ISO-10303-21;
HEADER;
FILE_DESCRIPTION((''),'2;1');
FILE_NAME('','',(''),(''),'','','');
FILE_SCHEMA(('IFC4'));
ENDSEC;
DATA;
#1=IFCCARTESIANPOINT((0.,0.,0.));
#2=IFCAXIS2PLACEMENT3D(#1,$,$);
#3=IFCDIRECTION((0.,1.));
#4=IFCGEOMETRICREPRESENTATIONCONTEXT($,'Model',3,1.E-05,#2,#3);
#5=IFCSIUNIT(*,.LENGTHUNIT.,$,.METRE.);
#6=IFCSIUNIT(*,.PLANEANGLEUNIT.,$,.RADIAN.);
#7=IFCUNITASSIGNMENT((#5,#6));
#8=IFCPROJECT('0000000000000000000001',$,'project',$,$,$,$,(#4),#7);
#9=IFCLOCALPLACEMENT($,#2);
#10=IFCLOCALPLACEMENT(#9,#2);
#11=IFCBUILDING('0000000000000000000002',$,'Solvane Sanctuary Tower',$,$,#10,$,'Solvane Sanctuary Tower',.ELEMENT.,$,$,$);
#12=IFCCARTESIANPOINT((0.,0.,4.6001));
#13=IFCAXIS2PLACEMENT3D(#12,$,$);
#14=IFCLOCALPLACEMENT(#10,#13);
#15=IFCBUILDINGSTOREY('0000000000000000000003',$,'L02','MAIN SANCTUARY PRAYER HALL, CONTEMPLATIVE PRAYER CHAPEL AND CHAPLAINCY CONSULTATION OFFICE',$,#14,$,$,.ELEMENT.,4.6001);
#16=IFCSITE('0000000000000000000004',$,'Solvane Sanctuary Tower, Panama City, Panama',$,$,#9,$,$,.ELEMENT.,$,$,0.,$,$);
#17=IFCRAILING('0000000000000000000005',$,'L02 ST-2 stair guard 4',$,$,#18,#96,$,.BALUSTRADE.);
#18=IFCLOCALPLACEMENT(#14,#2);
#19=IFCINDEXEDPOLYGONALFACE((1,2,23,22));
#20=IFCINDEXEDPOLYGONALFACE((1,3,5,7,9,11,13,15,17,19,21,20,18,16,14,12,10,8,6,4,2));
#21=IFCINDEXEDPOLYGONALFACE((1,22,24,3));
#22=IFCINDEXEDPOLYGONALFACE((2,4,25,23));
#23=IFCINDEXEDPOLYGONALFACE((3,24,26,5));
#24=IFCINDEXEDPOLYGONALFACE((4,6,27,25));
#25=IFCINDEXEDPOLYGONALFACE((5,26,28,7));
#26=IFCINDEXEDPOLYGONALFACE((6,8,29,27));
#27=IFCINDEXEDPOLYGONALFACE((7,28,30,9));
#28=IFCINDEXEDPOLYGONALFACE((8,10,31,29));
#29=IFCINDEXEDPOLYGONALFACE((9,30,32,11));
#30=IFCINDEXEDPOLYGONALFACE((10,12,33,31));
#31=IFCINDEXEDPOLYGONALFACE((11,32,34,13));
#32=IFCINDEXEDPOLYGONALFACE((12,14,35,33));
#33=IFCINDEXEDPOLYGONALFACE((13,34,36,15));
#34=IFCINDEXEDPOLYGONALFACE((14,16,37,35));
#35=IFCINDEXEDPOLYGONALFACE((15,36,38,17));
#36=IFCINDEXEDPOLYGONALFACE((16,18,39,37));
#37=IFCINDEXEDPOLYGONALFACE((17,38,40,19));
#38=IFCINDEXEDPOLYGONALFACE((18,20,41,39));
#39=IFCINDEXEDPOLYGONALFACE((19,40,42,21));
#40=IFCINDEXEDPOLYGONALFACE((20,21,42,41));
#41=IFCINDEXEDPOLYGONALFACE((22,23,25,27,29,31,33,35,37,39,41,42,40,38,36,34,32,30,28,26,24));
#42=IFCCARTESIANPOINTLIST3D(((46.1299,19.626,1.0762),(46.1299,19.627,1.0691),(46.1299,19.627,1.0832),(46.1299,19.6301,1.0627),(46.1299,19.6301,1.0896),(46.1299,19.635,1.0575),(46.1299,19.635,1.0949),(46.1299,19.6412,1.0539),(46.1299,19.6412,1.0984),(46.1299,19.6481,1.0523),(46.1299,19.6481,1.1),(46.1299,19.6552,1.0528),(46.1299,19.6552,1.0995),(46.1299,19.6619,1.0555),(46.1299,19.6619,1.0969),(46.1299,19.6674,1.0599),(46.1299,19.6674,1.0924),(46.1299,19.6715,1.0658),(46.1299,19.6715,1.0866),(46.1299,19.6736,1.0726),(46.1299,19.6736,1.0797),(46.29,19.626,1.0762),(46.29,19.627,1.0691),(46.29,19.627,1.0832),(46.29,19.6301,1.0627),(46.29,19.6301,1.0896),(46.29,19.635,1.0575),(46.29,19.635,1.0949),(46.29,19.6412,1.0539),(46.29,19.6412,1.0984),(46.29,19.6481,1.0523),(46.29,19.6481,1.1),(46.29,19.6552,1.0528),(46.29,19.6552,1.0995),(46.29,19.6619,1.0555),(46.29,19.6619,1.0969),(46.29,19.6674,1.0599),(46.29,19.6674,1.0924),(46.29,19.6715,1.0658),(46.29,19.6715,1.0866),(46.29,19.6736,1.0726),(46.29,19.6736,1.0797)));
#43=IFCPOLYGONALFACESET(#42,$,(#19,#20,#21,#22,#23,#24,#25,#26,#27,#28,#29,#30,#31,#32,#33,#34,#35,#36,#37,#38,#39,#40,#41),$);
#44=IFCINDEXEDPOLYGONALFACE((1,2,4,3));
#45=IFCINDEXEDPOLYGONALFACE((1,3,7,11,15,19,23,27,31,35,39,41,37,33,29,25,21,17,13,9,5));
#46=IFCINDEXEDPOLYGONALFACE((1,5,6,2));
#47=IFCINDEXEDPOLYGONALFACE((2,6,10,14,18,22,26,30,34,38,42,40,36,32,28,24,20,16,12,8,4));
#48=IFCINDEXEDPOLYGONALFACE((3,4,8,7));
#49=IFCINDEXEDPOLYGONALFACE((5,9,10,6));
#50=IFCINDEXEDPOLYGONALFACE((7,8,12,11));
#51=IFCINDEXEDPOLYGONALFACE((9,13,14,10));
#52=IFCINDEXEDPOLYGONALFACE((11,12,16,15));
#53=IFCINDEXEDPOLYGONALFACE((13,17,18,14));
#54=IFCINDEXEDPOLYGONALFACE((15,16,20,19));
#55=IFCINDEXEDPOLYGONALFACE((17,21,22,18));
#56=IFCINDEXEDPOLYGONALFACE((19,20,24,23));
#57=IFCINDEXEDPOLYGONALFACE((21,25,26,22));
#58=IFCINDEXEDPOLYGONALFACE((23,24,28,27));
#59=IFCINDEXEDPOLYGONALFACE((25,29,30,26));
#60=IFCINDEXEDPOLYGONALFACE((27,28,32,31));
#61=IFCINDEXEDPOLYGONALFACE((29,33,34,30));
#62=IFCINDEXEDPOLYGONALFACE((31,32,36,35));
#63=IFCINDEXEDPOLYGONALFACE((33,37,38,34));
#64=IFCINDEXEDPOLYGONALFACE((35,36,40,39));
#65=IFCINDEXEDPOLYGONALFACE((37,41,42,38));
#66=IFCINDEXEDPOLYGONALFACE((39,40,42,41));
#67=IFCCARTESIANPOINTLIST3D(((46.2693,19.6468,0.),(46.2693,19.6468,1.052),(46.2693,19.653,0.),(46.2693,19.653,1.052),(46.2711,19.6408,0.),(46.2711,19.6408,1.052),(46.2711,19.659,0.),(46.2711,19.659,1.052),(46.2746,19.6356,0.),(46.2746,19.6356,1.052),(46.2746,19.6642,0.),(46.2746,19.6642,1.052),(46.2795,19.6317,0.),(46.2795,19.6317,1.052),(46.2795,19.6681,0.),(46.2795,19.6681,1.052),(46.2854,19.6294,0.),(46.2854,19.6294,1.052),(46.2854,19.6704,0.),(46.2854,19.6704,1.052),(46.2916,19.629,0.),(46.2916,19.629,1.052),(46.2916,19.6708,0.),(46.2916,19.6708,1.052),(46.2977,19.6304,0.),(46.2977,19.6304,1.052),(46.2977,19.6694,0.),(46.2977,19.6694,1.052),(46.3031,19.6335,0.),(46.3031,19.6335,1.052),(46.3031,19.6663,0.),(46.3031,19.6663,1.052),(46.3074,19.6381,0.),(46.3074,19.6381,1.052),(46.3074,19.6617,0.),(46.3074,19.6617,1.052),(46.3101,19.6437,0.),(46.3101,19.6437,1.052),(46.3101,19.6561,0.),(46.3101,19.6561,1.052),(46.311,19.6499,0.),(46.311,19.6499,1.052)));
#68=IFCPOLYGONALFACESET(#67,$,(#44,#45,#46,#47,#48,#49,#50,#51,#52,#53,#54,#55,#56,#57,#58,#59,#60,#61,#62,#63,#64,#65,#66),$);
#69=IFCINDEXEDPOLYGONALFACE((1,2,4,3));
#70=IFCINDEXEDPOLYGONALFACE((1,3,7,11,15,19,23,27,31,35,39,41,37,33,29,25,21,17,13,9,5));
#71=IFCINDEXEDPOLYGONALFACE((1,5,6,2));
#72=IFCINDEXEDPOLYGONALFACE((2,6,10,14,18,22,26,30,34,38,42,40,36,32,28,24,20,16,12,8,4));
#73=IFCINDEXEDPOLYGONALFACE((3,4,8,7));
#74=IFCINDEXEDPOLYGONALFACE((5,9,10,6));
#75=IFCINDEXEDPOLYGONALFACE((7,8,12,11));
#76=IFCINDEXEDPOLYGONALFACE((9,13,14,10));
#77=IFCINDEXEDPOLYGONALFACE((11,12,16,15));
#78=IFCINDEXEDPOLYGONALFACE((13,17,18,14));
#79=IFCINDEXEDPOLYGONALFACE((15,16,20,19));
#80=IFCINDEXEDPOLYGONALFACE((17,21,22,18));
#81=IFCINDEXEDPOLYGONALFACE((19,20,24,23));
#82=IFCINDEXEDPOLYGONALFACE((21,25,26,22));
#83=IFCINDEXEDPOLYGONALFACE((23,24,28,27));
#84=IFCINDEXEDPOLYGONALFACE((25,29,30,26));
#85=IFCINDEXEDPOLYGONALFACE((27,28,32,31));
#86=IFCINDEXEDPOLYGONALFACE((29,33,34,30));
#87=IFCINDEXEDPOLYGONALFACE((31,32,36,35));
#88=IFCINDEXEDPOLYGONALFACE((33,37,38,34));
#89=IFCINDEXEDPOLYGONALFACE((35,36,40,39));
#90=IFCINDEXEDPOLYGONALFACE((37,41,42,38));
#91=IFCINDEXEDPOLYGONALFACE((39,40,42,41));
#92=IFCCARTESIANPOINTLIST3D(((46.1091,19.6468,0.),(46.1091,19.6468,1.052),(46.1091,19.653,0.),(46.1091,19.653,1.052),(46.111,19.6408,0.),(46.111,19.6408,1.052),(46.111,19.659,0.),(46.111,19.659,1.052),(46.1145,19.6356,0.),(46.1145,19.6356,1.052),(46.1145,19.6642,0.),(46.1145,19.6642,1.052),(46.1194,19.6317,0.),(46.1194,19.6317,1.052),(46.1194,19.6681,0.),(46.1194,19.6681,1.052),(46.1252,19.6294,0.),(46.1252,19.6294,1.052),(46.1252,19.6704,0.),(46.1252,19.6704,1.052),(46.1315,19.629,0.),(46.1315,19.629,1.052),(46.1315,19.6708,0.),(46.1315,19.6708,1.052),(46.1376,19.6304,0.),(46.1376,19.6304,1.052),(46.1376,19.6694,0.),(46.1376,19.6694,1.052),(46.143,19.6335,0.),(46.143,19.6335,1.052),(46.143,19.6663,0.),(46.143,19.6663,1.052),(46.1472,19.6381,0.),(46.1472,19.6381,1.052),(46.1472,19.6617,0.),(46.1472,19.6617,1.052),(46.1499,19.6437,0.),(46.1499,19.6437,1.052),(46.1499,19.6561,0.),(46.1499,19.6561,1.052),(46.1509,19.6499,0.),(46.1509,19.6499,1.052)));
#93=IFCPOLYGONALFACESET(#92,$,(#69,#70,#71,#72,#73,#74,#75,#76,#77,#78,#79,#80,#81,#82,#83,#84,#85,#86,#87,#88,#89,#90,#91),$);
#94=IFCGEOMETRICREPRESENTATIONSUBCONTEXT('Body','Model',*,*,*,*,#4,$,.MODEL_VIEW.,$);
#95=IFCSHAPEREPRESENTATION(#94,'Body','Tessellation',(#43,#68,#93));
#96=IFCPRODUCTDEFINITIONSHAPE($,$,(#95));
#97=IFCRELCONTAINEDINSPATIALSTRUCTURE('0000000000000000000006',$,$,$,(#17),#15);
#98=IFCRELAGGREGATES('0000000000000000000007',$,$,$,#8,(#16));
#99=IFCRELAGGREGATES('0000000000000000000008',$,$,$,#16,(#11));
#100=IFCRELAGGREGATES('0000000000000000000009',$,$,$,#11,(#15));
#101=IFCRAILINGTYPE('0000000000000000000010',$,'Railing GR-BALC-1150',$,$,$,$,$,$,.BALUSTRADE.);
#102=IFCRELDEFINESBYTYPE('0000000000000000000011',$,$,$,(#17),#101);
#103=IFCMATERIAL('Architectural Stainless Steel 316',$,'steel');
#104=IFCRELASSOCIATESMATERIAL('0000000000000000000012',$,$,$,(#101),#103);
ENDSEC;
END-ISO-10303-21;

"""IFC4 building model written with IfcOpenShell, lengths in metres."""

from ifc_helpers import new_model, si_unit, direction, frame, origin, origin_2d, place, context, subcontext, project, spatial, circle, extrude, material, type_object, element, save


model = new_model("IFC4")

# Units and contexts
model_context = context("Model", 3, precision=1e-05, world=origin(), true_north=direction((0.0, 1.0)))
body_context = subcontext(model_context, "Body", "Model", "MODEL_VIEW")
ifc_project = project(units=[si_unit("LENGTHUNIT", "METRE"), si_unit("PLANEANGLEUNIT", "RADIAN")], contexts=[model_context])

# Site, building, storey
site_placement = place(None, origin())
site = spatial("IfcSite", under=ifc_project, at=site_placement, Name="Solvane Sanctuary Tower, Panama City, Panama", CompositionType="ELEMENT", RefElevation=0.0)
building_placement = place(site_placement, origin())
building = spatial("IfcBuilding", under=site, at=building_placement, Name="Solvane Sanctuary Tower", LongName="Solvane Sanctuary Tower", CompositionType="ELEMENT")
storey_placement = place(building_placement, frame((0.0, 0.0, 4.6001)))
storey = spatial("IfcBuildingStorey", under=building, at=storey_placement, Name="L02", Description="MAIN SANCTUARY PRAYER HALL, CONTEMPLATIVE PRAYER CHAPEL AND CHAPLAINCY CONSULTATION OFFICE", CompositionType="ELEMENT", Elevation=4.6001)

# Shared definitions
ifc_material_1 = material(Name="Architectural Stainless Steel 316", Category="steel")

# Railing
railing_type = type_object("IfcRailingType", Name="Railing GR-BALC-1150", PredefinedType="BALUSTRADE", material=ifc_material_1)
railing_1_placement = place(storey_placement, frame((46.29, 19.6499, 0.0)))
element("IfcRailing", 1, at=railing_1_placement, inside=storey, type_object=railing_type, Name="L02 ST-2 stair guard 4", PredefinedType="BALUSTRADE", context=body_context, shape_type="SweptSolid", body=[
    extrude(circle(Radius=0.0239, at=origin_2d()), frame((0.0, 0.0, 1.0762), z_axis=(-1.0, 0.0, 0.0), x_axis=(0.0, -1.0, 0.0)), (0.0, 0.0, 1.0), 0.1602),
    extrude(circle(Radius=0.021, at=origin_2d()), origin(), (0.0, 0.0, 1.0), 1.052),
    extrude(circle(Radius=0.021, at=origin_2d()), frame((-0.1602, 0.0, 0.0)), (0.0, 0.0, 1.0), 1.052),
])

save(model, "model.ifc")
